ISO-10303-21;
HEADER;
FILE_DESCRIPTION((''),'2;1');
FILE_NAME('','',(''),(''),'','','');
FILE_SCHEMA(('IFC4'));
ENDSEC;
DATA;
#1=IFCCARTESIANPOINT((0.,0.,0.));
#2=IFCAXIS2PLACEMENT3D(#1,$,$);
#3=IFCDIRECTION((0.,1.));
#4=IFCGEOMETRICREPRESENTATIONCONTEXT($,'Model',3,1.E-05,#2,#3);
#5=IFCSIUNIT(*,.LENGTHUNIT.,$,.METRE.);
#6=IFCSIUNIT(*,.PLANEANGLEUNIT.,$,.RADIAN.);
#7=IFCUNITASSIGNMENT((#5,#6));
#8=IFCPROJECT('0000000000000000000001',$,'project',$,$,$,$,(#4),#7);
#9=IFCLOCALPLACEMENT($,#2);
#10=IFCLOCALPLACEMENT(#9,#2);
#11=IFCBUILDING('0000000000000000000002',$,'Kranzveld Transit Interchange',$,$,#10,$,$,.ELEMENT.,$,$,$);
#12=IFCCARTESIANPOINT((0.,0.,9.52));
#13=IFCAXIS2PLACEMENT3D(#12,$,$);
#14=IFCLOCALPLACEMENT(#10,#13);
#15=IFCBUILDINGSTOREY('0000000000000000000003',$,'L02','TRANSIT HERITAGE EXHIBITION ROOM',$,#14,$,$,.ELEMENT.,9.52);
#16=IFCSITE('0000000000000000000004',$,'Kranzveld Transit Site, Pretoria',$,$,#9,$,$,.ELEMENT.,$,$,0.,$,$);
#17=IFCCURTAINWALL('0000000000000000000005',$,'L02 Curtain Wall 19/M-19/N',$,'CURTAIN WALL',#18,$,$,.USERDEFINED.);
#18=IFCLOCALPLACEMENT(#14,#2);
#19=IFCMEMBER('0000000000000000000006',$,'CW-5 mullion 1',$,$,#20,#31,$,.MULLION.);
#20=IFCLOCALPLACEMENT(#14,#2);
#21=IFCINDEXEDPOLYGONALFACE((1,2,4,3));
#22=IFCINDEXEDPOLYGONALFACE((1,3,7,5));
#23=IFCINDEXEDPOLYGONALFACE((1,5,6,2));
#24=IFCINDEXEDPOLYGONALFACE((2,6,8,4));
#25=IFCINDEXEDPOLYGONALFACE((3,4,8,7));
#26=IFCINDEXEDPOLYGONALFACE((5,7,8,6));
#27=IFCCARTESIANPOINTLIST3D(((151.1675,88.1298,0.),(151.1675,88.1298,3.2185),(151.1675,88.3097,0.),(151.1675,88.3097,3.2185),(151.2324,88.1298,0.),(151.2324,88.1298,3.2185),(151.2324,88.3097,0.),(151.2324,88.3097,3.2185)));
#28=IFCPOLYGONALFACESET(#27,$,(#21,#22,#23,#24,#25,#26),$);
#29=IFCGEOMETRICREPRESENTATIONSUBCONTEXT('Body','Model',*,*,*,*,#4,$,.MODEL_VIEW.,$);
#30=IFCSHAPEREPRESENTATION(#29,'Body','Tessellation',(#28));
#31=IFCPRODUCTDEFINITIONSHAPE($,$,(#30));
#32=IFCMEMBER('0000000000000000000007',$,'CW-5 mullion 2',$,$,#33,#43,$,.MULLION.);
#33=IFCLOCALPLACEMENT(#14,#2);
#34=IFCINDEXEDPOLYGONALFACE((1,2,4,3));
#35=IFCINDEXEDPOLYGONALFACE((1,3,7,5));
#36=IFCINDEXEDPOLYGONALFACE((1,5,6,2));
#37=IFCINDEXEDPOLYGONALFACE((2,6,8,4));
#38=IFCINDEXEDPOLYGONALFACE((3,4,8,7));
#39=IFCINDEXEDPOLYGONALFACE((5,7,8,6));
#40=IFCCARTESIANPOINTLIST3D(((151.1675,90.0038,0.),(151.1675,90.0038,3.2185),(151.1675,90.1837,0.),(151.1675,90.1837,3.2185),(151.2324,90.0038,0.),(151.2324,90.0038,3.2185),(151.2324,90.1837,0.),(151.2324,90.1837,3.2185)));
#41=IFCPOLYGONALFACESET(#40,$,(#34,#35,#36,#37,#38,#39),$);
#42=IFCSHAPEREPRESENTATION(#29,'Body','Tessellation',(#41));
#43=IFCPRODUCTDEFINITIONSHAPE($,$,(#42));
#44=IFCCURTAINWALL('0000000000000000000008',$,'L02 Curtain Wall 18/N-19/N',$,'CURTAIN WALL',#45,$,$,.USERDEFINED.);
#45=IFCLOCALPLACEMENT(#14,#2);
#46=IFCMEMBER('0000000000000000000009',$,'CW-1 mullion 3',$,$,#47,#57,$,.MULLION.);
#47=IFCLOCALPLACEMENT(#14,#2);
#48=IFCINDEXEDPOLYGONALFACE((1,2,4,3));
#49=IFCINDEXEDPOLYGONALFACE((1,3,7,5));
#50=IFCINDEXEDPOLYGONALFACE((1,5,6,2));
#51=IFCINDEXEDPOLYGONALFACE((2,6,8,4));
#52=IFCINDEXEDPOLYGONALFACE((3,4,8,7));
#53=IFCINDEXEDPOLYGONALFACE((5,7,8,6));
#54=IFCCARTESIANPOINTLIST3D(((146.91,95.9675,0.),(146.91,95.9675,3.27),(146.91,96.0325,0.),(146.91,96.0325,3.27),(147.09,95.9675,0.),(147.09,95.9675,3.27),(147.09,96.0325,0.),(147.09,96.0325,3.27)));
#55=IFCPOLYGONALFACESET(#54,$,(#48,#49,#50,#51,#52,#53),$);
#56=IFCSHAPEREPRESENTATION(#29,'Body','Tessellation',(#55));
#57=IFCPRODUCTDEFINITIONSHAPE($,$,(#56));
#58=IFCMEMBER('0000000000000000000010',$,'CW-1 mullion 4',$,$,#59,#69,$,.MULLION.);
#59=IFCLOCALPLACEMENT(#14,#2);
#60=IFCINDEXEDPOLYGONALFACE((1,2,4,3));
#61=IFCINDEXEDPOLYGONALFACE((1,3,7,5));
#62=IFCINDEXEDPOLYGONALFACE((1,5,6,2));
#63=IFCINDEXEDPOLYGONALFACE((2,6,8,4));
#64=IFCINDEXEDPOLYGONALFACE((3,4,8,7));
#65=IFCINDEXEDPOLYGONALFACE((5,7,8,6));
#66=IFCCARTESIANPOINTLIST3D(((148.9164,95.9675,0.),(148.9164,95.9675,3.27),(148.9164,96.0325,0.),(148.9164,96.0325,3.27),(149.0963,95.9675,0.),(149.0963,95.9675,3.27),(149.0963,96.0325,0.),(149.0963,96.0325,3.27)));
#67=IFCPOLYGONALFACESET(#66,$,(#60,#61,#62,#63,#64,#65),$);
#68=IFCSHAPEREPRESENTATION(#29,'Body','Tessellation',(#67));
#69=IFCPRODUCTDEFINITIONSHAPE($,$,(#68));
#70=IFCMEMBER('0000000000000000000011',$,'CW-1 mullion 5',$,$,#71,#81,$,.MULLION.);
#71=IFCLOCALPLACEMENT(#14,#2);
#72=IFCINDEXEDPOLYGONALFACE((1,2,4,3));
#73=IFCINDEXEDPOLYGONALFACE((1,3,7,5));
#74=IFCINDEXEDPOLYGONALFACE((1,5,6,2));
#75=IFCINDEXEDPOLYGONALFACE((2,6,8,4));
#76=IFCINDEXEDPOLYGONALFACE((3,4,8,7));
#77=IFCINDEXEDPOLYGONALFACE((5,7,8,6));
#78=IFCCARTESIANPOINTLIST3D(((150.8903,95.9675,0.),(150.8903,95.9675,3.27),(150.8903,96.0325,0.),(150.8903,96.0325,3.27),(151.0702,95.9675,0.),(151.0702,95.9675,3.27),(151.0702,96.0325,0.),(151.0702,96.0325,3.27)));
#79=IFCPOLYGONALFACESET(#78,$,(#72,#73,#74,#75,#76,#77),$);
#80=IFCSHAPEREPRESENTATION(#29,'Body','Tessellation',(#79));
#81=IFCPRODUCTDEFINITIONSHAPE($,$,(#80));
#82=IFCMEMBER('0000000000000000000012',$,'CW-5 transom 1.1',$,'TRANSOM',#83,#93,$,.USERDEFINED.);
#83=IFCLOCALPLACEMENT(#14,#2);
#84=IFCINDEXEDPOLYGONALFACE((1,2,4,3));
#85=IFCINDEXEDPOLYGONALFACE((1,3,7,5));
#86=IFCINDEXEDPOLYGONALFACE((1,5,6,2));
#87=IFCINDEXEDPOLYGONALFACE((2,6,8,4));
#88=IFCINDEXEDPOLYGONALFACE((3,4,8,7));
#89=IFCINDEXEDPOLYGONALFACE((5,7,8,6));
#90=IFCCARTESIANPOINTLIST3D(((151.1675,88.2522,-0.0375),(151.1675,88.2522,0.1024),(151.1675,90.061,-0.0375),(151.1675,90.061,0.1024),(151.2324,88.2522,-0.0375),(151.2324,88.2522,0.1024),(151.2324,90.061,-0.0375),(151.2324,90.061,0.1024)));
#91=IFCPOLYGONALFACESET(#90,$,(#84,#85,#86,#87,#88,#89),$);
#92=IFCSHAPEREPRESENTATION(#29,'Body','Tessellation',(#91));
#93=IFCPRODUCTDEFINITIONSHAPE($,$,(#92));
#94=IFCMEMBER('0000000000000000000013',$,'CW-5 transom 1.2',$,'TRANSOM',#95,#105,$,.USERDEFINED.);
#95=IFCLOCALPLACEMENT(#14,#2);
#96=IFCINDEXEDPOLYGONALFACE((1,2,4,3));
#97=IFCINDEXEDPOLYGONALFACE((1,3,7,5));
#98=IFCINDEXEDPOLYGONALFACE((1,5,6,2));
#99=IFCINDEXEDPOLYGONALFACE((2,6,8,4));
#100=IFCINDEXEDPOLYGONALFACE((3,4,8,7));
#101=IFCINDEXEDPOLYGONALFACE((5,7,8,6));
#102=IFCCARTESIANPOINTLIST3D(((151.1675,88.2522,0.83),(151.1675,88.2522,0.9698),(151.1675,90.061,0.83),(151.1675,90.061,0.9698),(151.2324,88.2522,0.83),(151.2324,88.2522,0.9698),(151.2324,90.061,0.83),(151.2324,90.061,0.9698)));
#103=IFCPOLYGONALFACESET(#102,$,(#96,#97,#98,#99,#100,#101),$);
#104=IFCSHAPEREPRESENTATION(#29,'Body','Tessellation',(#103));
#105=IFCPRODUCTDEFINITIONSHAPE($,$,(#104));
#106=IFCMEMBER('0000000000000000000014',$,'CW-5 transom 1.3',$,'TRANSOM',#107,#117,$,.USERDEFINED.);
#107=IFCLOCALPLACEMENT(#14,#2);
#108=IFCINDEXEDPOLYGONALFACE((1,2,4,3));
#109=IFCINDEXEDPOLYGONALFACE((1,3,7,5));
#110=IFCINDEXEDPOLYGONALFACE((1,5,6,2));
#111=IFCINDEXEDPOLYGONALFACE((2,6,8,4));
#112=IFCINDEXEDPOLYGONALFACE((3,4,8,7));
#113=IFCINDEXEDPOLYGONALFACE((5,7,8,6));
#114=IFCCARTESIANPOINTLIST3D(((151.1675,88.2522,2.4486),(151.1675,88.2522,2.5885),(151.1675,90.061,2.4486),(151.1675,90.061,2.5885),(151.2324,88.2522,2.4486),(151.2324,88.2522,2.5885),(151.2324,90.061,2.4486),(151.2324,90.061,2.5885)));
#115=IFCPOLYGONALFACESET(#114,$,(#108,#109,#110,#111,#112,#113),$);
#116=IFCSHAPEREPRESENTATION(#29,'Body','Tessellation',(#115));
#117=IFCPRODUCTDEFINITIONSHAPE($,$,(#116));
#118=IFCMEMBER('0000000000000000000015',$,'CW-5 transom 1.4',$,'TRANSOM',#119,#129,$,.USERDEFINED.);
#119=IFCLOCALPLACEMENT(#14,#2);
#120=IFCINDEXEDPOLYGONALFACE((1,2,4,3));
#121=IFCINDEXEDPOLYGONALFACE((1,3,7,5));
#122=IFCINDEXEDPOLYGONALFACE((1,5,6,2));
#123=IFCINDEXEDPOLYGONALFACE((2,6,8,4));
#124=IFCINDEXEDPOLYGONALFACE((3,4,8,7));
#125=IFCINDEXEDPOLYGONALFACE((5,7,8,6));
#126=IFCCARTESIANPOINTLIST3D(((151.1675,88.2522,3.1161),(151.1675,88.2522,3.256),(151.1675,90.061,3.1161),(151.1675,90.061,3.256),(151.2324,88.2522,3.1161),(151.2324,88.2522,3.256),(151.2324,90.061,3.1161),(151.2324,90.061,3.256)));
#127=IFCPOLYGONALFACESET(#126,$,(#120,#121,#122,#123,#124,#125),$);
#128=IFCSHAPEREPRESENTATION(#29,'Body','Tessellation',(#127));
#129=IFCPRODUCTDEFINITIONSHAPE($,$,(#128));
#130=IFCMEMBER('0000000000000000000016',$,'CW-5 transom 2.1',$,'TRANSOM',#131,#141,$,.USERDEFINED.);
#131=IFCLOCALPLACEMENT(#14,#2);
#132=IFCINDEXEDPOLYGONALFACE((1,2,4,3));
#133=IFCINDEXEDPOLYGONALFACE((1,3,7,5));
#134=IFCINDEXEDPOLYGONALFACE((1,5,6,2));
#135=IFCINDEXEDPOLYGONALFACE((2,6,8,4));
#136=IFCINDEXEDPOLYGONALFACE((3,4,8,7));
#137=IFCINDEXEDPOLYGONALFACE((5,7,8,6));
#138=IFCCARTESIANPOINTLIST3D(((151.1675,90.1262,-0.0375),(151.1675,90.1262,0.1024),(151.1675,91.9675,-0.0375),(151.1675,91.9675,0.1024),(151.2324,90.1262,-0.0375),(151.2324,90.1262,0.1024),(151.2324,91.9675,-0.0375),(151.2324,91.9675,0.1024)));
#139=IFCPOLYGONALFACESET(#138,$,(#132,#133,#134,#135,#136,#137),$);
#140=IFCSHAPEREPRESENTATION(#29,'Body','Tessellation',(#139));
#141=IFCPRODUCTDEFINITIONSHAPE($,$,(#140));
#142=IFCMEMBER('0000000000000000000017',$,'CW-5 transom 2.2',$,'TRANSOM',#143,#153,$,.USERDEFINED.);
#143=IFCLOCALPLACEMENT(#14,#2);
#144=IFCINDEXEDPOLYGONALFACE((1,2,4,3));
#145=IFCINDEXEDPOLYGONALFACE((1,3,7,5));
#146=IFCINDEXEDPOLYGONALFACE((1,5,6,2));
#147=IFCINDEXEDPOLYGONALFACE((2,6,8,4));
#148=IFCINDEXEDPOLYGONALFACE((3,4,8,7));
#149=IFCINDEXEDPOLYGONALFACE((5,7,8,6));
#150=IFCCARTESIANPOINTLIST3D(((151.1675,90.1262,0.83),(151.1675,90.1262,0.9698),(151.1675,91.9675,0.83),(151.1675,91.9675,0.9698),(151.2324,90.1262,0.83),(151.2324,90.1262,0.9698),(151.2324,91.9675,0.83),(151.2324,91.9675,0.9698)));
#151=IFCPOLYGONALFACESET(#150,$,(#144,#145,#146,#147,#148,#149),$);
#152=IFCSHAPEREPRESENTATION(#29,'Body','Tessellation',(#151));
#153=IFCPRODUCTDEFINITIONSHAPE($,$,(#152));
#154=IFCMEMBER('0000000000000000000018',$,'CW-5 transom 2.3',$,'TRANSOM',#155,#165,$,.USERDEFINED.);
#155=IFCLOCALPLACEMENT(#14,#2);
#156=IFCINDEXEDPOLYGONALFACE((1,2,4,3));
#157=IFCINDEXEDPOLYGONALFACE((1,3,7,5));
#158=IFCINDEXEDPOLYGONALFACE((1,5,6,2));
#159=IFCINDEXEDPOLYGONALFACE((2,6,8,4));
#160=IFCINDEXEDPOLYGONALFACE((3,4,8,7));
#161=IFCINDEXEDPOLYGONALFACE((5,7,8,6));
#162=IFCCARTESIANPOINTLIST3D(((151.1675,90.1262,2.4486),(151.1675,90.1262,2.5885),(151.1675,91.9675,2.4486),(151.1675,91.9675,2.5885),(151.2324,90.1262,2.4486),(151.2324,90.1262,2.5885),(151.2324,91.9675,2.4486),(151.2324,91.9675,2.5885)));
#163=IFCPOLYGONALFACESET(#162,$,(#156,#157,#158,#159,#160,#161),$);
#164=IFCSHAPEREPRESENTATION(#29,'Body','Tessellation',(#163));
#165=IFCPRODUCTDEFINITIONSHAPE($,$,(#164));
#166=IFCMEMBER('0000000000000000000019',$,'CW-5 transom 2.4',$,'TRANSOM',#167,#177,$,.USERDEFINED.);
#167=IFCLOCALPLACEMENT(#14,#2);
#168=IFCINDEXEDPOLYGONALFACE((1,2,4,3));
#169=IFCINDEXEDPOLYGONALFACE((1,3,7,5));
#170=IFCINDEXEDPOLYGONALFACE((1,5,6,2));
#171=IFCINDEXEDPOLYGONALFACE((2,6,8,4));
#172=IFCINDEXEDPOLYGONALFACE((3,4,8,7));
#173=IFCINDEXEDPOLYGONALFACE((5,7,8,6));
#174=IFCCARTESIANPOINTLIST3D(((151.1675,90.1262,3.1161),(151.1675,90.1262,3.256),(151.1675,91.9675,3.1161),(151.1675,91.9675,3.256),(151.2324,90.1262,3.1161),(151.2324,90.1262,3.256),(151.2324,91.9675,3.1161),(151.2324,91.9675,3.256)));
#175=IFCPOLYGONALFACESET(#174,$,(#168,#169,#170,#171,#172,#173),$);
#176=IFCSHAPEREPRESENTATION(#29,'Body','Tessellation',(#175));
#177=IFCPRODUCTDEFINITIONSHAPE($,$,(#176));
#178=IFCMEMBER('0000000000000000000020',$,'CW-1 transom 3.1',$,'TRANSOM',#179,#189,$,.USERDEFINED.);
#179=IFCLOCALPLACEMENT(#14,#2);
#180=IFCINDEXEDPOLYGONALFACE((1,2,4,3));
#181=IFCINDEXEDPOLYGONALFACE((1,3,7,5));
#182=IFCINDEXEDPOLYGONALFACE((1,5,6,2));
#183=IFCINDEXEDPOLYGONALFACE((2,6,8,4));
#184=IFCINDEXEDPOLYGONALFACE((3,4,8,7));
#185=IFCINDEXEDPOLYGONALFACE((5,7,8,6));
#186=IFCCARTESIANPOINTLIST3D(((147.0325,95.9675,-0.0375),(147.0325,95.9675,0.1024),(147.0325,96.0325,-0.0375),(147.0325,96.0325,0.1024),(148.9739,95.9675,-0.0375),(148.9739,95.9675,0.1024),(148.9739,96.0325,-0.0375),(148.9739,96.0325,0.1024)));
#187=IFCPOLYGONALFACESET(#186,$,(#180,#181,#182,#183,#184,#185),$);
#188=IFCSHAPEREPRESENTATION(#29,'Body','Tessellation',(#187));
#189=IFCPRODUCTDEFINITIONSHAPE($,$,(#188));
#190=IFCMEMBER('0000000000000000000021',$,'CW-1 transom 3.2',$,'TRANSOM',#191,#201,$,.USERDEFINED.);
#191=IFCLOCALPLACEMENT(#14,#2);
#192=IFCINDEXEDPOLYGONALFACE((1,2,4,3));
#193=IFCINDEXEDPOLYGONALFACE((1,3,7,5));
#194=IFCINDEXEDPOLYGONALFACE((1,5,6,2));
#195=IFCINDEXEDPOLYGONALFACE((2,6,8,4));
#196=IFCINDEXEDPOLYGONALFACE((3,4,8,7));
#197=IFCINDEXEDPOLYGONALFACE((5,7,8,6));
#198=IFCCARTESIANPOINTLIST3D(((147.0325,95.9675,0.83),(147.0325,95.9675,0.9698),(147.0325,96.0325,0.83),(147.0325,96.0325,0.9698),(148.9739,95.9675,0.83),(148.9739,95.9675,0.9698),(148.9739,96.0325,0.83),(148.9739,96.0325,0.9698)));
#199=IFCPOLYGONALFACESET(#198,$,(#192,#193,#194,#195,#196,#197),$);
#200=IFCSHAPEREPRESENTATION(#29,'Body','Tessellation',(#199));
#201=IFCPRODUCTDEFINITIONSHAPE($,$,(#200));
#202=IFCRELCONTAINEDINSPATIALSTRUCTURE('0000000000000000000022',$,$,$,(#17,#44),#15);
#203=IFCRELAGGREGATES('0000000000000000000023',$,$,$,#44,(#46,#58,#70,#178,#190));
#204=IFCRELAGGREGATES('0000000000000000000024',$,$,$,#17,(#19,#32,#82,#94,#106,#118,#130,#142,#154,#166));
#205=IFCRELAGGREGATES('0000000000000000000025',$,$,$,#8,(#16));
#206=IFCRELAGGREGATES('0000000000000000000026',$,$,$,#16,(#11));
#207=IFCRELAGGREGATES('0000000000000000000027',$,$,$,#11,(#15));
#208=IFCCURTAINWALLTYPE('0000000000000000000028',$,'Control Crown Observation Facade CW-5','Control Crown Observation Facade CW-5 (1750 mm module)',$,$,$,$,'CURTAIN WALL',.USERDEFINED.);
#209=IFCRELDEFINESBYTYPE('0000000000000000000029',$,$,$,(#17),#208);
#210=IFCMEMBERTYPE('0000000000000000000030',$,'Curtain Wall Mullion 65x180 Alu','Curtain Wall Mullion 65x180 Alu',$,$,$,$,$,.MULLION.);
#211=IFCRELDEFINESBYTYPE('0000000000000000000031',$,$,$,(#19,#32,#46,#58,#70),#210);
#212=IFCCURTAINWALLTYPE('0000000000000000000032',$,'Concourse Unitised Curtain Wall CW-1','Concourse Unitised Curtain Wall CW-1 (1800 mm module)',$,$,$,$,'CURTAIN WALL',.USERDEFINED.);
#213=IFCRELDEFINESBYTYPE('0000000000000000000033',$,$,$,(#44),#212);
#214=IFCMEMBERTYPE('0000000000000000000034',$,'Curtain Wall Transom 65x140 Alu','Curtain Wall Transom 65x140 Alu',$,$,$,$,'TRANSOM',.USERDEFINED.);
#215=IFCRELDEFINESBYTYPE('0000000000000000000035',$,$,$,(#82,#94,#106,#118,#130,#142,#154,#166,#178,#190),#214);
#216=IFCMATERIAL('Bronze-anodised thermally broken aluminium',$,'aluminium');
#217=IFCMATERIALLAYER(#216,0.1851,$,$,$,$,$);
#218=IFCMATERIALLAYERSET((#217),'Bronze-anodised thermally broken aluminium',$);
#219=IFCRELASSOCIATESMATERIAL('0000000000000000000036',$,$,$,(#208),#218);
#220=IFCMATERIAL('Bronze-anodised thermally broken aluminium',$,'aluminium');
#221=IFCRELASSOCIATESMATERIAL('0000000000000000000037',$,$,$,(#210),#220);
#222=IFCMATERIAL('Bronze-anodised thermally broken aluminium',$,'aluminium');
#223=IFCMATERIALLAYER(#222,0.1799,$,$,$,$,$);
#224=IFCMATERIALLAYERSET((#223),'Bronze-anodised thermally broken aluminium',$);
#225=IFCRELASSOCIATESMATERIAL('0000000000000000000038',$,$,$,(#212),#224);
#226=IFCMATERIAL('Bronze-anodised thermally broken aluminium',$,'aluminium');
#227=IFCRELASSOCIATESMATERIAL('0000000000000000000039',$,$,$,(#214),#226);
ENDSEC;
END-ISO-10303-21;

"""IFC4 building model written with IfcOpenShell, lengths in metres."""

from ifc_helpers import new_model, si_unit, direction, frame, origin, origin_2d, place, context, subcontext, project, spatial, rectangle, extrude, material, layer, layer_set, material_profile, profile_set, type_object, element, aggregate, save


model = new_model("IFC4")

# Units and contexts
model_context = context("Model", 3, precision=1e-05, world=origin(), true_north=direction((0.0, 1.0)))
body_context = subcontext(model_context, "Body", "Model", "MODEL_VIEW")
ifc_project = project(units=[si_unit("LENGTHUNIT", "METRE"), si_unit("PLANEANGLEUNIT", "RADIAN")], contexts=[model_context])

# Site, building, storey
site_placement = place(None, origin())
site = spatial("IfcSite", under=ifc_project, at=site_placement, Name="Kranzveld Transit Site, Pretoria", CompositionType="ELEMENT", RefElevation=0.0)
building_placement = place(site_placement, origin())
building = spatial("IfcBuilding", under=site, at=building_placement, Name="Kranzveld Transit Interchange", CompositionType="ELEMENT")
storey_placement = place(building_placement, frame((0.0, 0.0, 9.52)))
storey = spatial("IfcBuildingStorey", under=building, at=storey_placement, Name="L02", Description="TRANSIT HERITAGE EXHIBITION ROOM", CompositionType="ELEMENT", Elevation=9.52)

# Curtain walls, members
ifc_material_1 = material(Name="Bronze-anodised thermally broken aluminium", Category="aluminium")
ifc_layer_1 = layer(ifc_material_1, 0.1851)
ifc_layer_set_1 = layer_set([ifc_layer_1], Name="Bronze-anodised thermally broken aluminium")
curtain_wall_type_1 = type_object("IfcCurtainWallType", Name="Control Crown Observation Facade CW-5", Description="Control Crown Observation Facade CW-5 (1750 mm module)", ElementType="CURTAIN WALL", PredefinedType="USERDEFINED", material=ifc_layer_set_1)
curtain_wall_1_placement = place(storey_placement, origin())
curtain_wall_1 = element("IfcCurtainWall", 1, at=curtain_wall_1_placement, inside=storey, type_object=curtain_wall_type_1, Name="L02 Curtain Wall 19/M-19/N", ObjectType="CURTAIN WALL", PredefinedType="USERDEFINED")
ifc_material_2 = material(Name="Bronze-anodised thermally broken aluminium", Category="aluminium")
ifc_material_profile_1 = material_profile(ifc_material_2, rectangle(XDim=0.0649, YDim=0.1799, at=origin_2d()), Name="ALU MULLION 65x180")
ifc_profile_set_1 = profile_set([ifc_material_profile_1], Name="Bronze-anodised thermally broken aluminium")
member_type_1 = type_object("IfcMemberType", Name="Curtain Wall Mullion 65x180 Alu", Description="Curtain Wall Mullion 65x180 Alu", PredefinedType="MULLION", material=ifc_profile_set_1)
member_1_placement = place(storey_placement, frame((151.2, 88.2197, 0.0), z_axis=(0.0, 0.0, 1.0), x_axis=(-1.0, 0.0, 0.0)))
member_1 = element("IfcMember", 2, at=member_1_placement, type_object=member_type_1, Name="CW-5 mullion 1", PredefinedType="MULLION", context=body_context, shape_type="SweptSolid", body=[
    extrude(rectangle(XDim=0.0649, YDim=0.1799, at=origin_2d()), origin(), (0.0, 0.0, 1.0), 3.2185),
])
member_2_placement = place(storey_placement, frame((151.2, 90.0938, 0.0), z_axis=(0.0, 0.0, 1.0), x_axis=(-1.0, 0.0, 0.0)))
member_2 = element("IfcMember", 3, at=member_2_placement, type_object=member_type_1, Name="CW-5 mullion 2", PredefinedType="MULLION", context=body_context, shape_type="SweptSolid", body=[
    extrude(rectangle(XDim=0.0649, YDim=0.1799, at=origin_2d()), origin(), (0.0, 0.0, 1.0), 3.2185),
])
ifc_material_3 = material(Name="Bronze-anodised thermally broken aluminium", Category="aluminium")
ifc_layer_2 = layer(ifc_material_3, 0.1799)
ifc_layer_set_2 = layer_set([ifc_layer_2], Name="Bronze-anodised thermally broken aluminium")
curtain_wall_type_2 = type_object("IfcCurtainWallType", Name="Concourse Unitised Curtain Wall CW-1", Description="Concourse Unitised Curtain Wall CW-1 (1800 mm module)", ElementType="CURTAIN WALL", PredefinedType="USERDEFINED", material=ifc_layer_set_2)
curtain_wall_2_placement = place(storey_placement, origin())
curtain_wall_2 = element("IfcCurtainWall", 4, at=curtain_wall_2_placement, inside=storey, type_object=curtain_wall_type_2, Name="L02 Curtain Wall 18/N-19/N", ObjectType="CURTAIN WALL", PredefinedType="USERDEFINED")
member_3_placement = place(storey_placement, frame((147.0, 96.0, 0.0), z_axis=(0.0, 0.0, 1.0), x_axis=(0.0, 1.0, 0.0)))
member_3 = element("IfcMember", 5, at=member_3_placement, type_object=member_type_1, Name="CW-1 mullion 3", PredefinedType="MULLION", context=body_context, shape_type="SweptSolid", body=[
    extrude(rectangle(XDim=0.0649, YDim=0.1799, at=origin_2d()), origin(), (0.0, 0.0, 1.0), 3.27),
])
member_4_placement = place(storey_placement, frame((149.0063, 96.0, 0.0), z_axis=(0.0, 0.0, 1.0), x_axis=(0.0, 1.0, 0.0)))
member_4 = element("IfcMember", 6, at=member_4_placement, type_object=member_type_1, Name="CW-1 mullion 4", PredefinedType="MULLION", context=body_context, shape_type="SweptSolid", body=[
    extrude(rectangle(XDim=0.0649, YDim=0.1799, at=origin_2d()), origin(), (0.0, 0.0, 1.0), 3.27),
])
member_5_placement = place(storey_placement, frame((150.9802, 96.0, 0.0), z_axis=(0.0, 0.0, 1.0), x_axis=(0.0, 1.0, 0.0)))
member_5 = element("IfcMember", 7, at=member_5_placement, type_object=member_type_1, Name="CW-1 mullion 5", PredefinedType="MULLION", context=body_context, shape_type="SweptSolid", body=[
    extrude(rectangle(XDim=0.0649, YDim=0.1799, at=origin_2d()), origin(), (0.0, 0.0, 1.0), 3.27),
])

# Members
ifc_material_4 = material(Name="Bronze-anodised thermally broken aluminium", Category="aluminium")
ifc_material_profile_2 = material_profile(ifc_material_4, rectangle(XDim=0.0649, YDim=0.1399, at=origin_2d()), Name="ALU TRANSOM 65x140")
ifc_profile_set_2 = profile_set([ifc_material_profile_2], Name="Bronze-anodised thermally broken aluminium")
member_type_2 = type_object("IfcMemberType", Name="Curtain Wall Transom 65x140 Alu", Description="Curtain Wall Transom 65x140 Alu", ElementType="TRANSOM", PredefinedType="USERDEFINED", material=ifc_profile_set_2)
member_6_placement = place(storey_placement, frame((151.2, 88.2522, 0.0325), z_axis=(0.0, 1.0, 0.0), x_axis=(-1.0, 0.0, 0.0)))
member_6 = element("IfcMember", 8, at=member_6_placement, type_object=member_type_2, Name="CW-5 transom 1.1", ObjectType="TRANSOM", PredefinedType="USERDEFINED", context=body_context, shape_type="SweptSolid", body=[
    extrude(rectangle(XDim=0.0649, YDim=0.1399, at=origin_2d()), origin(), (0.0, 0.0, 1.0), 1.8088),
])
member_7_placement = place(storey_placement, frame((151.2, 88.2522, 0.8999), z_axis=(0.0, 1.0, 0.0), x_axis=(-1.0, 0.0, 0.0)))
member_7 = element("IfcMember", 9, at=member_7_placement, type_object=member_type_2, Name="CW-5 transom 1.2", ObjectType="TRANSOM", PredefinedType="USERDEFINED", context=body_context, shape_type="SweptSolid", body=[
    extrude(rectangle(XDim=0.0649, YDim=0.1399, at=origin_2d()), origin(), (0.0, 0.0, 1.0), 1.8088),
])
member_8_placement = place(storey_placement, frame((151.2, 88.2522, 2.5186), z_axis=(0.0, 1.0, 0.0), x_axis=(-1.0, 0.0, 0.0)))
member_8 = element("IfcMember", 10, at=member_8_placement, type_object=member_type_2, Name="CW-5 transom 1.3", ObjectType="TRANSOM", PredefinedType="USERDEFINED", context=body_context, shape_type="SweptSolid", body=[
    extrude(rectangle(XDim=0.0649, YDim=0.1399, at=origin_2d()), origin(), (0.0, 0.0, 1.0), 1.8088),
])
member_9_placement = place(storey_placement, frame((151.2, 88.2522, 3.186), z_axis=(0.0, 1.0, 0.0), x_axis=(-1.0, 0.0, 0.0)))
member_9 = element("IfcMember", 11, at=member_9_placement, type_object=member_type_2, Name="CW-5 transom 1.4", ObjectType="TRANSOM", PredefinedType="USERDEFINED", context=body_context, shape_type="SweptSolid", body=[
    extrude(rectangle(XDim=0.0649, YDim=0.1399, at=origin_2d()), origin(), (0.0, 0.0, 1.0), 1.8088),
])
member_10_placement = place(storey_placement, frame((151.2, 90.1262, 0.0325), z_axis=(0.0, 1.0, 0.0), x_axis=(-1.0, 0.0, 0.0)))
member_10 = element("IfcMember", 12, at=member_10_placement, type_object=member_type_2, Name="CW-5 transom 2.1", ObjectType="TRANSOM", PredefinedType="USERDEFINED", context=body_context, shape_type="SweptSolid", body=[
    extrude(rectangle(XDim=0.0649, YDim=0.1399, at=origin_2d()), origin(), (0.0, 0.0, 1.0), 1.8413),
])
member_11_placement = place(storey_placement, frame((151.2, 90.1262, 0.8999), z_axis=(0.0, 1.0, 0.0), x_axis=(-1.0, 0.0, 0.0)))
member_11 = element("IfcMember", 13, at=member_11_placement, type_object=member_type_2, Name="CW-5 transom 2.2", ObjectType="TRANSOM", PredefinedType="USERDEFINED", context=body_context, shape_type="SweptSolid", body=[
    extrude(rectangle(XDim=0.0649, YDim=0.1399, at=origin_2d()), origin(), (0.0, 0.0, 1.0), 1.8413),
])
member_12_placement = place(storey_placement, frame((151.2, 90.1262, 2.5186), z_axis=(0.0, 1.0, 0.0), x_axis=(-1.0, 0.0, 0.0)))
member_12 = element("IfcMember", 14, at=member_12_placement, type_object=member_type_2, Name="CW-5 transom 2.3", ObjectType="TRANSOM", PredefinedType="USERDEFINED", context=body_context, shape_type="SweptSolid", body=[
    extrude(rectangle(XDim=0.0649, YDim=0.1399, at=origin_2d()), origin(), (0.0, 0.0, 1.0), 1.8413),
])
member_13_placement = place(storey_placement, frame((151.2, 90.1262, 3.186), z_axis=(0.0, 1.0, 0.0), x_axis=(-1.0, 0.0, 0.0)))
member_13 = element("IfcMember", 15, at=member_13_placement, type_object=member_type_2, Name="CW-5 transom 2.4", ObjectType="TRANSOM", PredefinedType="USERDEFINED", context=body_context, shape_type="SweptSolid", body=[
    extrude(rectangle(XDim=0.0649, YDim=0.1399, at=origin_2d()), origin(), (0.0, 0.0, 1.0), 1.8413),
])
member_14_placement = place(storey_placement, frame((147.0325, 96.0, 0.0325), z_axis=(1.0, 0.0, 0.0), x_axis=(0.0, 1.0, 0.0)))
member_14 = element("IfcMember", 16, at=member_14_placement, type_object=member_type_2, Name="CW-1 transom 3.1", ObjectType="TRANSOM", PredefinedType="USERDEFINED", context=body_context, shape_type="SweptSolid", body=[
    extrude(rectangle(XDim=0.0649, YDim=0.1399, at=origin_2d()), origin(), (0.0, 0.0, 1.0), 1.9414),
])
member_15_placement = place(storey_placement, frame((147.0325, 96.0, 0.8999), z_axis=(1.0, 0.0, 0.0), x_axis=(0.0, 1.0, 0.0)))
member_15 = element("IfcMember", 17, at=member_15_placement, type_object=member_type_2, Name="CW-1 transom 3.2", ObjectType="TRANSOM", PredefinedType="USERDEFINED", context=body_context, shape_type="SweptSolid", body=[
    extrude(rectangle(XDim=0.0649, YDim=0.1399, at=origin_2d()), origin(), (0.0, 0.0, 1.0), 1.9414),
])

aggregate(curtain_wall_2, [member_3, member_4, member_5, member_14, member_15])
aggregate(curtain_wall_1, [member_1, member_2, member_6, member_7, member_8, member_9, member_10, member_11, member_12, member_13])

save(model, "model.ifc")
